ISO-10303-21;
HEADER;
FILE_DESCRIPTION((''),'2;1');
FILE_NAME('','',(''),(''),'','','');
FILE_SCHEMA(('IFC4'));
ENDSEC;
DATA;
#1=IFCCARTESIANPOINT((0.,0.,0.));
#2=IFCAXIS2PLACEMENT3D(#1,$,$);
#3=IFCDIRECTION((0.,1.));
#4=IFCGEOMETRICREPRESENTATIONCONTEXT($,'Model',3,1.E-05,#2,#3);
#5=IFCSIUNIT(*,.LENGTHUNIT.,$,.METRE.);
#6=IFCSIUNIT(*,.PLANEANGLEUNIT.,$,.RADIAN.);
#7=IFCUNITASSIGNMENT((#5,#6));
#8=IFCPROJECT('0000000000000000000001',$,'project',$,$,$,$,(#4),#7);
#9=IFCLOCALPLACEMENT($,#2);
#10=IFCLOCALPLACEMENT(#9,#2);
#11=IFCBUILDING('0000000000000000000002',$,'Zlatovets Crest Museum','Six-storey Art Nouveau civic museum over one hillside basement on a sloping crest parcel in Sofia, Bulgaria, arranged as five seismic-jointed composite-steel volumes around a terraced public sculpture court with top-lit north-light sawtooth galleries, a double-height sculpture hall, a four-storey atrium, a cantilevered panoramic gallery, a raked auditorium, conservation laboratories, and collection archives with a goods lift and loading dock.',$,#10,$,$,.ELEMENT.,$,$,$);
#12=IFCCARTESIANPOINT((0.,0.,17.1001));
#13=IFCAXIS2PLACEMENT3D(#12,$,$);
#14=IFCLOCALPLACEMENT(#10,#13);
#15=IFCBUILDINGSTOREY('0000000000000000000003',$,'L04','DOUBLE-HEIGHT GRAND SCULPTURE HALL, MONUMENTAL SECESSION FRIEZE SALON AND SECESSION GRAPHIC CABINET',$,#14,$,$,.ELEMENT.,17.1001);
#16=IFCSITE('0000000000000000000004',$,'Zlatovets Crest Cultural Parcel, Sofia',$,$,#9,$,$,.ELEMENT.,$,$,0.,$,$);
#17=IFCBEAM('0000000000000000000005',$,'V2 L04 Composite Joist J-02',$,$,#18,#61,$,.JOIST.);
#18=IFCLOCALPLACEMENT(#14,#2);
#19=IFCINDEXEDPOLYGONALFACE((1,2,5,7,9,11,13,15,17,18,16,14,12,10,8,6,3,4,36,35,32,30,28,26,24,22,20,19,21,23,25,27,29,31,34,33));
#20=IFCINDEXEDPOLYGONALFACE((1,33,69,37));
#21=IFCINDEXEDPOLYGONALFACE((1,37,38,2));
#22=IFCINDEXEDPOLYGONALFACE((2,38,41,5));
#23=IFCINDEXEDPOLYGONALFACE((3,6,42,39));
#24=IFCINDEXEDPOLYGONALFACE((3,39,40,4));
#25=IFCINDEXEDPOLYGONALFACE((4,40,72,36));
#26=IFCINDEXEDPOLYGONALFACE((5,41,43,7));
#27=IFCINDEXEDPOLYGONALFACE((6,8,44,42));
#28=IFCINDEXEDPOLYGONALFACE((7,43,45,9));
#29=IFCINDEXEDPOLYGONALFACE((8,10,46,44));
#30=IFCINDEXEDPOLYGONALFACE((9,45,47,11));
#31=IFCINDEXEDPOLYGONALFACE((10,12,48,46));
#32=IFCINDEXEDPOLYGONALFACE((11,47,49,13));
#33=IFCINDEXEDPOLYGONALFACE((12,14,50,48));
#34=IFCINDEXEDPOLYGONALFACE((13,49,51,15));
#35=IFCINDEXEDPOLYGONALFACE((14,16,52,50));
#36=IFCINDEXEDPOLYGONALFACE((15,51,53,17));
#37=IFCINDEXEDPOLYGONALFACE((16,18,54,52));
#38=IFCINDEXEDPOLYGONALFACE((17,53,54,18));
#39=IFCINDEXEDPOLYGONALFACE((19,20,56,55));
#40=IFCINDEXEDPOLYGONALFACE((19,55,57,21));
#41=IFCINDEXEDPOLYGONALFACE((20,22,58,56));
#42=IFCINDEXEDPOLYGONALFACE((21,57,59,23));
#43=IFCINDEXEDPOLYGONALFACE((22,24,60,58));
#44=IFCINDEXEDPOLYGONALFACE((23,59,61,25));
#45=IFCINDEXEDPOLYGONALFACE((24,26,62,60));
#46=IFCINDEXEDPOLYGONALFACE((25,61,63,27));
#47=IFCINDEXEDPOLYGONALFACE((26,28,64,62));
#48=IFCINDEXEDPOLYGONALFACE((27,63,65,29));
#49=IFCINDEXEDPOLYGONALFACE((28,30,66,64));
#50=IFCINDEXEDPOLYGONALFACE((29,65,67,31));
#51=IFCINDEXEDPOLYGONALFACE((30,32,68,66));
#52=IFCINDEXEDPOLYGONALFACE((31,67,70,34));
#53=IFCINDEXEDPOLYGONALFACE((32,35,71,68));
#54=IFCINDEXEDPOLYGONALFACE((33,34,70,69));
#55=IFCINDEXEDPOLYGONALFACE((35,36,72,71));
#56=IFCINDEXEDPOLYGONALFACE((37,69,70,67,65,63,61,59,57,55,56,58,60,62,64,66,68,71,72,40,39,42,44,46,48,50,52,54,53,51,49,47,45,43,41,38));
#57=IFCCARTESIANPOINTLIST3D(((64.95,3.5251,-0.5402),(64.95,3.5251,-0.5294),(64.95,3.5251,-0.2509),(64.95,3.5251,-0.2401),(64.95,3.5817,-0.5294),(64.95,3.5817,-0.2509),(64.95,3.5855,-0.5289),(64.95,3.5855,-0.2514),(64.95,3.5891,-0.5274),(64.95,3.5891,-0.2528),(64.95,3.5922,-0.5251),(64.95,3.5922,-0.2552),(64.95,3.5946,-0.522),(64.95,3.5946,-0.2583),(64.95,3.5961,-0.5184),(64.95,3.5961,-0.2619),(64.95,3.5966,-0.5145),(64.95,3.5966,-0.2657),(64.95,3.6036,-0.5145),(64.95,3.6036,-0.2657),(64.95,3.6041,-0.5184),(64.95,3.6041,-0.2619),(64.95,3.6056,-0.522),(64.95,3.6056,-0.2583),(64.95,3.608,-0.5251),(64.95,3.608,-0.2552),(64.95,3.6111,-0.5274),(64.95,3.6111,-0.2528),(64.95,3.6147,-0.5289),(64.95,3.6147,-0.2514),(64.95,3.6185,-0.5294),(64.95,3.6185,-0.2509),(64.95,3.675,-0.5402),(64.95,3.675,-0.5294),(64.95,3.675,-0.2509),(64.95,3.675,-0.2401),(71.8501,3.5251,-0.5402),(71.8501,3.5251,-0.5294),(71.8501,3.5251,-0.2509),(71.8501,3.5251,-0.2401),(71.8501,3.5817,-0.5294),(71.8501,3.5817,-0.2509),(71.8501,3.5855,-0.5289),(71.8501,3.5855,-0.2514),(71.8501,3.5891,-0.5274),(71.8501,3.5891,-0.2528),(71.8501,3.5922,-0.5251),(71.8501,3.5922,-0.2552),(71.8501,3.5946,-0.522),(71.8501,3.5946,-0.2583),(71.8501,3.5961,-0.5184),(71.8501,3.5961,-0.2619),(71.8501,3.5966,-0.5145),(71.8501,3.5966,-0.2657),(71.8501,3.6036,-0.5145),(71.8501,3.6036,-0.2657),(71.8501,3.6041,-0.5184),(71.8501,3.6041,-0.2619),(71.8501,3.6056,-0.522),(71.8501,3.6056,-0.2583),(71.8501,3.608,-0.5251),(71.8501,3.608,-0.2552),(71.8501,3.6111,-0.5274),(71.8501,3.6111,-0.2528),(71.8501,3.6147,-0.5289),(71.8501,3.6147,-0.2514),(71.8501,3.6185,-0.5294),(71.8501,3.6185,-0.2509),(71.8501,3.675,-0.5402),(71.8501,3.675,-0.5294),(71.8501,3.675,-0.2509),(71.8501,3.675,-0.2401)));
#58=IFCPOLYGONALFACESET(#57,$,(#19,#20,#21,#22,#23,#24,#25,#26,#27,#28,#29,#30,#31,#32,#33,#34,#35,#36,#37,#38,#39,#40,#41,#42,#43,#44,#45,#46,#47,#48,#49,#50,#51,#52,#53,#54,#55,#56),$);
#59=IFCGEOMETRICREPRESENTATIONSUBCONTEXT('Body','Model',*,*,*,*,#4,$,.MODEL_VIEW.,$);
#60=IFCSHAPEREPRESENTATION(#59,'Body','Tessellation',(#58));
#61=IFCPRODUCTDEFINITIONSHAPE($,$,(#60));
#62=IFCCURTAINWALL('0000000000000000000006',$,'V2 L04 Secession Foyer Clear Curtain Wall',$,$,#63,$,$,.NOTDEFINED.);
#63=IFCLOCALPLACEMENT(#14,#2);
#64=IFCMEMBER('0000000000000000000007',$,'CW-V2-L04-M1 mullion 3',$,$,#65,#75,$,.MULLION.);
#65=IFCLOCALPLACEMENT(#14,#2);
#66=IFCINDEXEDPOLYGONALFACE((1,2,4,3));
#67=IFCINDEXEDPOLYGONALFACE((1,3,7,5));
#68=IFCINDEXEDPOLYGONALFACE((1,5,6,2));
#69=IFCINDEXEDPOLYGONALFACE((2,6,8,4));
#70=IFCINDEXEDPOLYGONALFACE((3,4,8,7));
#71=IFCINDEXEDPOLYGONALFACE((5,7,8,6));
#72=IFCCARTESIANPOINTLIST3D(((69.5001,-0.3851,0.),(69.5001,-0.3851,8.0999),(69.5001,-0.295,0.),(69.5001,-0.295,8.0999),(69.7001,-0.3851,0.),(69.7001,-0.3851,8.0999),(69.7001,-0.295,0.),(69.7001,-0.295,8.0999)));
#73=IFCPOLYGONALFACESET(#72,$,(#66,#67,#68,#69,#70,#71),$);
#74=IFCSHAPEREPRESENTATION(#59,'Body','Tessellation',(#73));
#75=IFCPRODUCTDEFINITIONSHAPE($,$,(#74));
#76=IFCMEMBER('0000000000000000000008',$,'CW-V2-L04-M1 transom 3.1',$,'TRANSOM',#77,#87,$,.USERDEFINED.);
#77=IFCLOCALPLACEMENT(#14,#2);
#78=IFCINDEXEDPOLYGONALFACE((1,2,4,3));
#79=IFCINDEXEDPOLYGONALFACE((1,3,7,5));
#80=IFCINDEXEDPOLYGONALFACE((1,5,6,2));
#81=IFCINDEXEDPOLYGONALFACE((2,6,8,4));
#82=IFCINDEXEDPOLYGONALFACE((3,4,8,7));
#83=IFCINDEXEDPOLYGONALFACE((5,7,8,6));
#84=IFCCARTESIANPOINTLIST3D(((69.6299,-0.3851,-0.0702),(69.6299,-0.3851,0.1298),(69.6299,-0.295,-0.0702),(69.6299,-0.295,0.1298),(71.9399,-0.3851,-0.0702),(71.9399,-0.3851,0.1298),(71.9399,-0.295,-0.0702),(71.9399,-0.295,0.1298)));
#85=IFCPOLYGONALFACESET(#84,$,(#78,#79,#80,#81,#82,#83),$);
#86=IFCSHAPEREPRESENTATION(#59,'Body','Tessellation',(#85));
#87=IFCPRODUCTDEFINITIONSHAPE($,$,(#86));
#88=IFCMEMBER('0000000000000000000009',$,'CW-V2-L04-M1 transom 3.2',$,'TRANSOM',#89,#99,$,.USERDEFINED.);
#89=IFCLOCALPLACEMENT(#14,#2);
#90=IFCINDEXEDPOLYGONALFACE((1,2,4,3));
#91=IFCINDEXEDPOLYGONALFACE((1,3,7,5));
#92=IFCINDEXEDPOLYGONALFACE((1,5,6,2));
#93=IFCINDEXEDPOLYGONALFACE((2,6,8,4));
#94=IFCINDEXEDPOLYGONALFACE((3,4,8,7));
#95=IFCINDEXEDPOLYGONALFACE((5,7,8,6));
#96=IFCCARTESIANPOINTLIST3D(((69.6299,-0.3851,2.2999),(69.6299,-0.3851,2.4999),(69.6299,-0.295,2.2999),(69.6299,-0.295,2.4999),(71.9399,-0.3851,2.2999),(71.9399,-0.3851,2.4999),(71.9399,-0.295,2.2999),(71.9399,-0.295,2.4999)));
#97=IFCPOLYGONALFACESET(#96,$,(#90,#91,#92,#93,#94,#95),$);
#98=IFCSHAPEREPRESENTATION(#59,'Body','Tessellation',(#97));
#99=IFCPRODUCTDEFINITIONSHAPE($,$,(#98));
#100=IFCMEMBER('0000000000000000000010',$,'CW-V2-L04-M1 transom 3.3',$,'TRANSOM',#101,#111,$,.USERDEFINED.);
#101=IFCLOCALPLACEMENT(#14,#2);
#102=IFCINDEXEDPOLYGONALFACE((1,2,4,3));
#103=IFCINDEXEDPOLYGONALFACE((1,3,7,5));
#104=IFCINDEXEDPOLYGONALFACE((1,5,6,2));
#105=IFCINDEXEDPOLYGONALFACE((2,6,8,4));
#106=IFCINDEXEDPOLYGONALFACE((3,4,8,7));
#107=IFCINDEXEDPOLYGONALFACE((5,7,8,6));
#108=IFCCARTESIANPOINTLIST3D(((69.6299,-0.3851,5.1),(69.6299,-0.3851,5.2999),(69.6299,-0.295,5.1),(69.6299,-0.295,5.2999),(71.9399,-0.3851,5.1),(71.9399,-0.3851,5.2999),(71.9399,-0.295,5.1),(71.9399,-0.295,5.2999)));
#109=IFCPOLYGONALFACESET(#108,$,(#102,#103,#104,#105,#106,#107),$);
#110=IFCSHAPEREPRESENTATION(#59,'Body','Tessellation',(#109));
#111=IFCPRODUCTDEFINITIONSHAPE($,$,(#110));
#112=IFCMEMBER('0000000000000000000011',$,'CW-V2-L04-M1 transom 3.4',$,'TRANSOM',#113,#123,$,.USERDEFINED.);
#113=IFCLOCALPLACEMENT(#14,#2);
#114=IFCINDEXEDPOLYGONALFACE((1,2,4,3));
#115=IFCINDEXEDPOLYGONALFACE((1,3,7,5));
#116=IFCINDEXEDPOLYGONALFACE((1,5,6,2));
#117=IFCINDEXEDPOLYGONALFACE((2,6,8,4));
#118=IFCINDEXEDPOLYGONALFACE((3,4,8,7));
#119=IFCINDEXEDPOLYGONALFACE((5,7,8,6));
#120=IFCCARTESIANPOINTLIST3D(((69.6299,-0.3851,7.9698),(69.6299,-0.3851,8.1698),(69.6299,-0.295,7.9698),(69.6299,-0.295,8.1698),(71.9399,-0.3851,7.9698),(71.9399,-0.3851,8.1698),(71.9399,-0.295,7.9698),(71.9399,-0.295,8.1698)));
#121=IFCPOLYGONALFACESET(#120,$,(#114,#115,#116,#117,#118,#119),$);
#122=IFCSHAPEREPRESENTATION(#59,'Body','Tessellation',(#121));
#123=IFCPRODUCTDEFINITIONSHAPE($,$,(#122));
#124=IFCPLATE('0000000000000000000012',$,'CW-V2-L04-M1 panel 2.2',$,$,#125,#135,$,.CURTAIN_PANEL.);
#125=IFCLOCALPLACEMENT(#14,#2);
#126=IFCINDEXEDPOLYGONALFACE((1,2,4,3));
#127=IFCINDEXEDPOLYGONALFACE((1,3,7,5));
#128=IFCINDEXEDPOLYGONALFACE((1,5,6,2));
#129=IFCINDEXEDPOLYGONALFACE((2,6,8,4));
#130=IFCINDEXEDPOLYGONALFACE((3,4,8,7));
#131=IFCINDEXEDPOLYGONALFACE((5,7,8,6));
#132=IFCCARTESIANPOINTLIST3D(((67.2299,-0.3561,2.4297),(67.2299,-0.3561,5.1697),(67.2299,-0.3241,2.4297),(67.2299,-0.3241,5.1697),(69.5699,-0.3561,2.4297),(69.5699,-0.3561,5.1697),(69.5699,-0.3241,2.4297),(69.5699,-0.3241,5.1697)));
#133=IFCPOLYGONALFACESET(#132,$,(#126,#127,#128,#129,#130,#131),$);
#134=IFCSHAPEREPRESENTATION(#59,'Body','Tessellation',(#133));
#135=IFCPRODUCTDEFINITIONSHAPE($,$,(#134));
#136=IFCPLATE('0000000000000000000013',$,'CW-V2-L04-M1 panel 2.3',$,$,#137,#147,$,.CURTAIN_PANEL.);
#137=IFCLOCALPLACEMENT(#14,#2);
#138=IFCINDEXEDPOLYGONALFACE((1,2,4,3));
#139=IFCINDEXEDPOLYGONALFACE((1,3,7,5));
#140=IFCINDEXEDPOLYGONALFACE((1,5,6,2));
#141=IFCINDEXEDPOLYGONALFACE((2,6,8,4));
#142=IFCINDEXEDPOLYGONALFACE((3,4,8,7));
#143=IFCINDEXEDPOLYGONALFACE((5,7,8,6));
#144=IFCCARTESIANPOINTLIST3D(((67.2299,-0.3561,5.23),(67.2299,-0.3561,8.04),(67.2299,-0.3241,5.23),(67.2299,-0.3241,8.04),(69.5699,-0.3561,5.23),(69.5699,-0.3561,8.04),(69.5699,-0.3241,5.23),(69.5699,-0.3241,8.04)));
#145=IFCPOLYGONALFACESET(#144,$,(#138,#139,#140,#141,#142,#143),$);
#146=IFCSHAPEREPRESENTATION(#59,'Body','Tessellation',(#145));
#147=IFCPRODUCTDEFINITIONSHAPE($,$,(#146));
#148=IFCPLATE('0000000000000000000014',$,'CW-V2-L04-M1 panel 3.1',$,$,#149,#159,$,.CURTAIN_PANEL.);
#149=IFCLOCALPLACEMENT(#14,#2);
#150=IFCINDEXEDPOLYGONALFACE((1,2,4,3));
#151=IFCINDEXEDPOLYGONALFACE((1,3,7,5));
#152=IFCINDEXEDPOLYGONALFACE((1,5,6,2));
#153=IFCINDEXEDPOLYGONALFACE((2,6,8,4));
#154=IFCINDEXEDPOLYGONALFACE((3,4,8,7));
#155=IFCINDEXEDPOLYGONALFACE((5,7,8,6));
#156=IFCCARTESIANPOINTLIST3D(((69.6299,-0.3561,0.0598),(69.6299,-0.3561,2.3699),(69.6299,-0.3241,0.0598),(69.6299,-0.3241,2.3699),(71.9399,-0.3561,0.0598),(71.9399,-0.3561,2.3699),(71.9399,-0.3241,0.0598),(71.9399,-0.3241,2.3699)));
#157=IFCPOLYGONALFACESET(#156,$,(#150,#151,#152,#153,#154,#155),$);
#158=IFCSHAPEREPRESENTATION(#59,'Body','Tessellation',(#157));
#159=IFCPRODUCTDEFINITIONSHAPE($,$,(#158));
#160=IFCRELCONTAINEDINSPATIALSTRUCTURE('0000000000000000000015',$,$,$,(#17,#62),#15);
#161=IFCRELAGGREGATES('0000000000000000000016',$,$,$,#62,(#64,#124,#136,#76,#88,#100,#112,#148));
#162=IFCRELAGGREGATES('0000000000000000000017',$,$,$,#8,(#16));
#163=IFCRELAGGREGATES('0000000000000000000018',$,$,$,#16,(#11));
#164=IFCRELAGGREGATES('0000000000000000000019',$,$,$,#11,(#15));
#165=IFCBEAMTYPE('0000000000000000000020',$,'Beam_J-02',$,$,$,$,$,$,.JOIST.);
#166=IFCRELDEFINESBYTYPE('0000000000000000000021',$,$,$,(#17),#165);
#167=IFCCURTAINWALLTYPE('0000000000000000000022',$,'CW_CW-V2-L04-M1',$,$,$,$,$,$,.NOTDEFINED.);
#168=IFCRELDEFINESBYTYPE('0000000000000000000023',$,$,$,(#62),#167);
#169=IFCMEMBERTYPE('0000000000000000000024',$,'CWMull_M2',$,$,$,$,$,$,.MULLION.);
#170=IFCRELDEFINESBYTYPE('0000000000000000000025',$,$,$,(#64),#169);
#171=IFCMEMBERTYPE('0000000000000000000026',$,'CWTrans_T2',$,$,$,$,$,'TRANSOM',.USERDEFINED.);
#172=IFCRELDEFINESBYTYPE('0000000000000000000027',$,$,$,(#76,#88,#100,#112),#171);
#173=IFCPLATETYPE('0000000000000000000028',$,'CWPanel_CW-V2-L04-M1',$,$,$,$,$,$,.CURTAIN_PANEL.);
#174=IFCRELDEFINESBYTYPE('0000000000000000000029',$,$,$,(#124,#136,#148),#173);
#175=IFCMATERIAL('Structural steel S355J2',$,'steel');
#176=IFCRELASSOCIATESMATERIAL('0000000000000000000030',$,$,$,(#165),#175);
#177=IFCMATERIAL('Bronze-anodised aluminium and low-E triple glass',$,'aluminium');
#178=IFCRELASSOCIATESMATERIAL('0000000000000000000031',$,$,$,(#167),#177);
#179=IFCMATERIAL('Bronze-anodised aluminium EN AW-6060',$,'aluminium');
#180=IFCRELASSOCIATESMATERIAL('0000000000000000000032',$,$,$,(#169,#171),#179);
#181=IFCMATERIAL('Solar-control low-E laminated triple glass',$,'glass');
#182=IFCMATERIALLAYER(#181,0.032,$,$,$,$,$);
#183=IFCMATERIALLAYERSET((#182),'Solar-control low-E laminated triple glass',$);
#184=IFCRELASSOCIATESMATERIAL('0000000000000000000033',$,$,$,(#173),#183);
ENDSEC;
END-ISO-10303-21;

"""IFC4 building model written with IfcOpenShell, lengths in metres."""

from ifc_helpers import new_model, si_unit, direction, frame, origin, origin_2d, place, context, subcontext, project, spatial, rectangle, i_section, extrude, material, layer, layer_set, material_profile, profile_set, type_object, element, aggregate, save


model = new_model("IFC4")

# Units and contexts
model_context = context("Model", 3, precision=1e-05, world=origin(), true_north=direction((0.0, 1.0)))
body_context = subcontext(model_context, "Body", "Model", "MODEL_VIEW")
ifc_project = project(units=[si_unit("LENGTHUNIT", "METRE"), si_unit("PLANEANGLEUNIT", "RADIAN")], contexts=[model_context])

# Site, building, storey
site_placement = place(None, origin())
site = spatial("IfcSite", under=ifc_project, at=site_placement, Name="Zlatovets Crest Cultural Parcel, Sofia", CompositionType="ELEMENT", RefElevation=0.0)
building_placement = place(site_placement, origin())
building = spatial("IfcBuilding", under=site, at=building_placement, Name="Zlatovets Crest Museum", Description="Six-storey Art Nouveau civic museum over one hillside basement on a sloping crest parcel in Sofia, Bulgaria, arranged as five seismic-jointed composite-steel volumes around a terraced public sculpture court with top-lit north-light sawtooth galleries, a double-height sculpture hall, a four-storey atrium, a cantilevered panoramic gallery, a raked auditorium, conservation laboratories, and collection archives with a goods lift and loading dock.", CompositionType="ELEMENT")
storey_placement = place(building_placement, frame((0.0, 0.0, 17.1001)))
storey = spatial("IfcBuildingStorey", under=building, at=storey_placement, Name="L04", Description="DOUBLE-HEIGHT GRAND SCULPTURE HALL, MONUMENTAL SECESSION FRIEZE SALON AND SECESSION GRAPHIC CABINET", CompositionType="ELEMENT", Elevation=17.1001)

# Shared definitions
ifc_material_1 = material(Name="Structural steel S355J2", Category="steel")

# Beam
ifc_material_profile_1 = material_profile(ifc_material_1, i_section(OverallWidth=0.1499, OverallDepth=0.3, WebThickness=0.0071, FlangeThickness=0.0107, FilletRadius=0.0149, at=origin_2d()), Name="IPE 300")
ifc_profile_set_1 = profile_set([ifc_material_profile_1], Name="Structural steel S355J2")
beam_type_1 = type_object("IfcBeamType", Name="Beam_J-02", PredefinedType="JOIST", material=ifc_profile_set_1)
beam_1_placement = place(storey_placement, frame((64.95, 3.6001, -0.3901), z_axis=(1.0, 0.0, 0.0), x_axis=(0.0, 1.0, 0.0)))
element("IfcBeam", 1, at=beam_1_placement, inside=storey, type_object=beam_type_1, Name="V2 L04 Composite Joist J-02", PredefinedType="JOIST", context=body_context, shape_type="SweptSolid", body=[
    extrude(i_section(OverallWidth=0.1499, OverallDepth=0.3, WebThickness=0.0071, FlangeThickness=0.0107, FilletRadius=0.0149, at=origin_2d()), origin(), (0.0, 0.0, 1.0), 6.9001),
])

# Curtain wall, members, plates
ifc_material_2 = material(Name="Bronze-anodised aluminium and low-E triple glass", Category="aluminium")
curtain_wall_type = type_object("IfcCurtainWallType", Name="CW_CW-V2-L04-M1", PredefinedType="NOTDEFINED", material=ifc_material_2)
curtain_wall_placement = place(storey_placement, origin())
curtain_wall = element("IfcCurtainWall", 2, at=curtain_wall_placement, inside=storey, type_object=curtain_wall_type, Name="V2 L04 Secession Foyer Clear Curtain Wall", PredefinedType="NOTDEFINED")
ifc_material_3 = material(Name="Bronze-anodised aluminium EN AW-6060", Category="aluminium")
ifc_material_profile_2 = material_profile(ifc_material_3, rectangle(XDim=0.0901, YDim=0.2, at=origin_2d()), Name="ALU 90x200")
ifc_profile_set_2 = profile_set([ifc_material_profile_2], Name="Bronze-anodised aluminium EN AW-6060")
member_type_1 = type_object("IfcMemberType", Name="CWMull_M2", PredefinedType="MULLION", material=ifc_profile_set_2)
member_1_placement = place(storey_placement, frame((69.6001, -0.3401, 0.0), z_axis=(0.0, 0.0, 1.0), x_axis=(0.0, 1.0, 0.0)))
member_1 = element("IfcMember", 3, at=member_1_placement, type_object=member_type_1, Name="CW-V2-L04-M1 mullion 3", PredefinedType="MULLION", context=body_context, shape_type="SweptSolid", body=[
    extrude(rectangle(XDim=0.0901, YDim=0.2, at=origin_2d()), origin(), (0.0, 0.0, 1.0), 8.0999),
])
ifc_material_profile_3 = material_profile(ifc_material_3, rectangle(XDim=0.0901, YDim=0.2, at=origin_2d()), Name="ALU 90x200")
ifc_profile_set_3 = profile_set([ifc_material_profile_3], Name="Bronze-anodised aluminium EN AW-6060")
member_type_2 = type_object("IfcMemberType", Name="CWTrans_T2", ElementType="TRANSOM", PredefinedType="USERDEFINED", material=ifc_profile_set_3)
member_2_placement = place(storey_placement, frame((69.6299, -0.3401, 0.0298), z_axis=(1.0, 0.0, 0.0), x_axis=(0.0, 1.0, 0.0)))
member_2 = element("IfcMember", 4, at=member_2_placement, type_object=member_type_2, Name="CW-V2-L04-M1 transom 3.1", ObjectType="TRANSOM", PredefinedType="USERDEFINED", context=body_context, shape_type="SweptSolid", body=[
    extrude(rectangle(XDim=0.0901, YDim=0.2, at=origin_2d()), origin(), (0.0, 0.0, 1.0), 2.3101),
])
member_3_placement = place(storey_placement, frame((69.6299, -0.3401, 2.3999), z_axis=(1.0, 0.0, 0.0), x_axis=(0.0, 1.0, 0.0)))
member_3 = element("IfcMember", 5, at=member_3_placement, type_object=member_type_2, Name="CW-V2-L04-M1 transom 3.2", ObjectType="TRANSOM", PredefinedType="USERDEFINED", context=body_context, shape_type="SweptSolid", body=[
    extrude(rectangle(XDim=0.0901, YDim=0.2, at=origin_2d()), origin(), (0.0, 0.0, 1.0), 2.3101),
])
member_4_placement = place(storey_placement, frame((69.6299, -0.3401, 5.2), z_axis=(1.0, 0.0, 0.0), x_axis=(0.0, 1.0, 0.0)))
member_4 = element("IfcMember", 6, at=member_4_placement, type_object=member_type_2, Name="CW-V2-L04-M1 transom 3.3", ObjectType="TRANSOM", PredefinedType="USERDEFINED", context=body_context, shape_type="SweptSolid", body=[
    extrude(rectangle(XDim=0.0901, YDim=0.2, at=origin_2d()), origin(), (0.0, 0.0, 1.0), 2.3101),
])
member_5_placement = place(storey_placement, frame((69.6299, -0.3401, 8.0698), z_axis=(1.0, 0.0, 0.0), x_axis=(0.0, 1.0, 0.0)))
member_5 = element("IfcMember", 7, at=member_5_placement, type_object=member_type_2, Name="CW-V2-L04-M1 transom 3.4", ObjectType="TRANSOM", PredefinedType="USERDEFINED", context=body_context, shape_type="SweptSolid", body=[
    extrude(rectangle(XDim=0.0901, YDim=0.2, at=origin_2d()), origin(), (0.0, 0.0, 1.0), 2.3101),
])
ifc_material_4 = material(Name="Solar-control low-E laminated triple glass", Category="glass")
ifc_layer_1 = layer(ifc_material_4, 0.032)
ifc_layer_set_1 = layer_set([ifc_layer_1], Name="Solar-control low-E laminated triple glass")
plate_type = type_object("IfcPlateType", Name="CWPanel_CW-V2-L04-M1", PredefinedType="CURTAIN_PANEL", material=ifc_layer_set_1)
plate_1_placement = place(storey_placement, frame((68.3999, -0.3401, 2.4297), z_axis=(0.0, 0.0, 1.0), x_axis=(1.0, 0.0, 0.0)))
plate_1 = element("IfcPlate", 8, at=plate_1_placement, type_object=plate_type, Name="CW-V2-L04-M1 panel 2.2", PredefinedType="CURTAIN_PANEL", context=body_context, shape_type="SweptSolid", body=[
    extrude(rectangle(XDim=2.3401, YDim=0.032, at=origin_2d()), origin(), (0.0, 0.0, 1.0), 2.74),
])
plate_2_placement = place(storey_placement, frame((68.3999, -0.3401, 5.23), z_axis=(0.0, 0.0, 1.0), x_axis=(1.0, 0.0, 0.0)))
plate_2 = element("IfcPlate", 9, at=plate_2_placement, type_object=plate_type, Name="CW-V2-L04-M1 panel 2.3", PredefinedType="CURTAIN_PANEL", context=body_context, shape_type="SweptSolid", body=[
    extrude(rectangle(XDim=2.3401, YDim=0.032, at=origin_2d()), origin(), (0.0, 0.0, 1.0), 2.8101),
])
plate_3_placement = place(storey_placement, frame((70.7849, -0.3401, 0.0598), z_axis=(0.0, 0.0, 1.0), x_axis=(1.0, 0.0, 0.0)))
plate_3 = element("IfcPlate", 10, at=plate_3_placement, type_object=plate_type, Name="CW-V2-L04-M1 panel 3.1", PredefinedType="CURTAIN_PANEL", context=body_context, shape_type="SweptSolid", body=[
    extrude(rectangle(XDim=2.3101, YDim=0.032, at=origin_2d()), origin(), (0.0, 0.0, 1.0), 2.3101),
])
aggregate(curtain_wall, [member_1, plate_1, plate_2, member_2, member_3, member_4, member_5, plate_3])

save(model, "model.ifc")
